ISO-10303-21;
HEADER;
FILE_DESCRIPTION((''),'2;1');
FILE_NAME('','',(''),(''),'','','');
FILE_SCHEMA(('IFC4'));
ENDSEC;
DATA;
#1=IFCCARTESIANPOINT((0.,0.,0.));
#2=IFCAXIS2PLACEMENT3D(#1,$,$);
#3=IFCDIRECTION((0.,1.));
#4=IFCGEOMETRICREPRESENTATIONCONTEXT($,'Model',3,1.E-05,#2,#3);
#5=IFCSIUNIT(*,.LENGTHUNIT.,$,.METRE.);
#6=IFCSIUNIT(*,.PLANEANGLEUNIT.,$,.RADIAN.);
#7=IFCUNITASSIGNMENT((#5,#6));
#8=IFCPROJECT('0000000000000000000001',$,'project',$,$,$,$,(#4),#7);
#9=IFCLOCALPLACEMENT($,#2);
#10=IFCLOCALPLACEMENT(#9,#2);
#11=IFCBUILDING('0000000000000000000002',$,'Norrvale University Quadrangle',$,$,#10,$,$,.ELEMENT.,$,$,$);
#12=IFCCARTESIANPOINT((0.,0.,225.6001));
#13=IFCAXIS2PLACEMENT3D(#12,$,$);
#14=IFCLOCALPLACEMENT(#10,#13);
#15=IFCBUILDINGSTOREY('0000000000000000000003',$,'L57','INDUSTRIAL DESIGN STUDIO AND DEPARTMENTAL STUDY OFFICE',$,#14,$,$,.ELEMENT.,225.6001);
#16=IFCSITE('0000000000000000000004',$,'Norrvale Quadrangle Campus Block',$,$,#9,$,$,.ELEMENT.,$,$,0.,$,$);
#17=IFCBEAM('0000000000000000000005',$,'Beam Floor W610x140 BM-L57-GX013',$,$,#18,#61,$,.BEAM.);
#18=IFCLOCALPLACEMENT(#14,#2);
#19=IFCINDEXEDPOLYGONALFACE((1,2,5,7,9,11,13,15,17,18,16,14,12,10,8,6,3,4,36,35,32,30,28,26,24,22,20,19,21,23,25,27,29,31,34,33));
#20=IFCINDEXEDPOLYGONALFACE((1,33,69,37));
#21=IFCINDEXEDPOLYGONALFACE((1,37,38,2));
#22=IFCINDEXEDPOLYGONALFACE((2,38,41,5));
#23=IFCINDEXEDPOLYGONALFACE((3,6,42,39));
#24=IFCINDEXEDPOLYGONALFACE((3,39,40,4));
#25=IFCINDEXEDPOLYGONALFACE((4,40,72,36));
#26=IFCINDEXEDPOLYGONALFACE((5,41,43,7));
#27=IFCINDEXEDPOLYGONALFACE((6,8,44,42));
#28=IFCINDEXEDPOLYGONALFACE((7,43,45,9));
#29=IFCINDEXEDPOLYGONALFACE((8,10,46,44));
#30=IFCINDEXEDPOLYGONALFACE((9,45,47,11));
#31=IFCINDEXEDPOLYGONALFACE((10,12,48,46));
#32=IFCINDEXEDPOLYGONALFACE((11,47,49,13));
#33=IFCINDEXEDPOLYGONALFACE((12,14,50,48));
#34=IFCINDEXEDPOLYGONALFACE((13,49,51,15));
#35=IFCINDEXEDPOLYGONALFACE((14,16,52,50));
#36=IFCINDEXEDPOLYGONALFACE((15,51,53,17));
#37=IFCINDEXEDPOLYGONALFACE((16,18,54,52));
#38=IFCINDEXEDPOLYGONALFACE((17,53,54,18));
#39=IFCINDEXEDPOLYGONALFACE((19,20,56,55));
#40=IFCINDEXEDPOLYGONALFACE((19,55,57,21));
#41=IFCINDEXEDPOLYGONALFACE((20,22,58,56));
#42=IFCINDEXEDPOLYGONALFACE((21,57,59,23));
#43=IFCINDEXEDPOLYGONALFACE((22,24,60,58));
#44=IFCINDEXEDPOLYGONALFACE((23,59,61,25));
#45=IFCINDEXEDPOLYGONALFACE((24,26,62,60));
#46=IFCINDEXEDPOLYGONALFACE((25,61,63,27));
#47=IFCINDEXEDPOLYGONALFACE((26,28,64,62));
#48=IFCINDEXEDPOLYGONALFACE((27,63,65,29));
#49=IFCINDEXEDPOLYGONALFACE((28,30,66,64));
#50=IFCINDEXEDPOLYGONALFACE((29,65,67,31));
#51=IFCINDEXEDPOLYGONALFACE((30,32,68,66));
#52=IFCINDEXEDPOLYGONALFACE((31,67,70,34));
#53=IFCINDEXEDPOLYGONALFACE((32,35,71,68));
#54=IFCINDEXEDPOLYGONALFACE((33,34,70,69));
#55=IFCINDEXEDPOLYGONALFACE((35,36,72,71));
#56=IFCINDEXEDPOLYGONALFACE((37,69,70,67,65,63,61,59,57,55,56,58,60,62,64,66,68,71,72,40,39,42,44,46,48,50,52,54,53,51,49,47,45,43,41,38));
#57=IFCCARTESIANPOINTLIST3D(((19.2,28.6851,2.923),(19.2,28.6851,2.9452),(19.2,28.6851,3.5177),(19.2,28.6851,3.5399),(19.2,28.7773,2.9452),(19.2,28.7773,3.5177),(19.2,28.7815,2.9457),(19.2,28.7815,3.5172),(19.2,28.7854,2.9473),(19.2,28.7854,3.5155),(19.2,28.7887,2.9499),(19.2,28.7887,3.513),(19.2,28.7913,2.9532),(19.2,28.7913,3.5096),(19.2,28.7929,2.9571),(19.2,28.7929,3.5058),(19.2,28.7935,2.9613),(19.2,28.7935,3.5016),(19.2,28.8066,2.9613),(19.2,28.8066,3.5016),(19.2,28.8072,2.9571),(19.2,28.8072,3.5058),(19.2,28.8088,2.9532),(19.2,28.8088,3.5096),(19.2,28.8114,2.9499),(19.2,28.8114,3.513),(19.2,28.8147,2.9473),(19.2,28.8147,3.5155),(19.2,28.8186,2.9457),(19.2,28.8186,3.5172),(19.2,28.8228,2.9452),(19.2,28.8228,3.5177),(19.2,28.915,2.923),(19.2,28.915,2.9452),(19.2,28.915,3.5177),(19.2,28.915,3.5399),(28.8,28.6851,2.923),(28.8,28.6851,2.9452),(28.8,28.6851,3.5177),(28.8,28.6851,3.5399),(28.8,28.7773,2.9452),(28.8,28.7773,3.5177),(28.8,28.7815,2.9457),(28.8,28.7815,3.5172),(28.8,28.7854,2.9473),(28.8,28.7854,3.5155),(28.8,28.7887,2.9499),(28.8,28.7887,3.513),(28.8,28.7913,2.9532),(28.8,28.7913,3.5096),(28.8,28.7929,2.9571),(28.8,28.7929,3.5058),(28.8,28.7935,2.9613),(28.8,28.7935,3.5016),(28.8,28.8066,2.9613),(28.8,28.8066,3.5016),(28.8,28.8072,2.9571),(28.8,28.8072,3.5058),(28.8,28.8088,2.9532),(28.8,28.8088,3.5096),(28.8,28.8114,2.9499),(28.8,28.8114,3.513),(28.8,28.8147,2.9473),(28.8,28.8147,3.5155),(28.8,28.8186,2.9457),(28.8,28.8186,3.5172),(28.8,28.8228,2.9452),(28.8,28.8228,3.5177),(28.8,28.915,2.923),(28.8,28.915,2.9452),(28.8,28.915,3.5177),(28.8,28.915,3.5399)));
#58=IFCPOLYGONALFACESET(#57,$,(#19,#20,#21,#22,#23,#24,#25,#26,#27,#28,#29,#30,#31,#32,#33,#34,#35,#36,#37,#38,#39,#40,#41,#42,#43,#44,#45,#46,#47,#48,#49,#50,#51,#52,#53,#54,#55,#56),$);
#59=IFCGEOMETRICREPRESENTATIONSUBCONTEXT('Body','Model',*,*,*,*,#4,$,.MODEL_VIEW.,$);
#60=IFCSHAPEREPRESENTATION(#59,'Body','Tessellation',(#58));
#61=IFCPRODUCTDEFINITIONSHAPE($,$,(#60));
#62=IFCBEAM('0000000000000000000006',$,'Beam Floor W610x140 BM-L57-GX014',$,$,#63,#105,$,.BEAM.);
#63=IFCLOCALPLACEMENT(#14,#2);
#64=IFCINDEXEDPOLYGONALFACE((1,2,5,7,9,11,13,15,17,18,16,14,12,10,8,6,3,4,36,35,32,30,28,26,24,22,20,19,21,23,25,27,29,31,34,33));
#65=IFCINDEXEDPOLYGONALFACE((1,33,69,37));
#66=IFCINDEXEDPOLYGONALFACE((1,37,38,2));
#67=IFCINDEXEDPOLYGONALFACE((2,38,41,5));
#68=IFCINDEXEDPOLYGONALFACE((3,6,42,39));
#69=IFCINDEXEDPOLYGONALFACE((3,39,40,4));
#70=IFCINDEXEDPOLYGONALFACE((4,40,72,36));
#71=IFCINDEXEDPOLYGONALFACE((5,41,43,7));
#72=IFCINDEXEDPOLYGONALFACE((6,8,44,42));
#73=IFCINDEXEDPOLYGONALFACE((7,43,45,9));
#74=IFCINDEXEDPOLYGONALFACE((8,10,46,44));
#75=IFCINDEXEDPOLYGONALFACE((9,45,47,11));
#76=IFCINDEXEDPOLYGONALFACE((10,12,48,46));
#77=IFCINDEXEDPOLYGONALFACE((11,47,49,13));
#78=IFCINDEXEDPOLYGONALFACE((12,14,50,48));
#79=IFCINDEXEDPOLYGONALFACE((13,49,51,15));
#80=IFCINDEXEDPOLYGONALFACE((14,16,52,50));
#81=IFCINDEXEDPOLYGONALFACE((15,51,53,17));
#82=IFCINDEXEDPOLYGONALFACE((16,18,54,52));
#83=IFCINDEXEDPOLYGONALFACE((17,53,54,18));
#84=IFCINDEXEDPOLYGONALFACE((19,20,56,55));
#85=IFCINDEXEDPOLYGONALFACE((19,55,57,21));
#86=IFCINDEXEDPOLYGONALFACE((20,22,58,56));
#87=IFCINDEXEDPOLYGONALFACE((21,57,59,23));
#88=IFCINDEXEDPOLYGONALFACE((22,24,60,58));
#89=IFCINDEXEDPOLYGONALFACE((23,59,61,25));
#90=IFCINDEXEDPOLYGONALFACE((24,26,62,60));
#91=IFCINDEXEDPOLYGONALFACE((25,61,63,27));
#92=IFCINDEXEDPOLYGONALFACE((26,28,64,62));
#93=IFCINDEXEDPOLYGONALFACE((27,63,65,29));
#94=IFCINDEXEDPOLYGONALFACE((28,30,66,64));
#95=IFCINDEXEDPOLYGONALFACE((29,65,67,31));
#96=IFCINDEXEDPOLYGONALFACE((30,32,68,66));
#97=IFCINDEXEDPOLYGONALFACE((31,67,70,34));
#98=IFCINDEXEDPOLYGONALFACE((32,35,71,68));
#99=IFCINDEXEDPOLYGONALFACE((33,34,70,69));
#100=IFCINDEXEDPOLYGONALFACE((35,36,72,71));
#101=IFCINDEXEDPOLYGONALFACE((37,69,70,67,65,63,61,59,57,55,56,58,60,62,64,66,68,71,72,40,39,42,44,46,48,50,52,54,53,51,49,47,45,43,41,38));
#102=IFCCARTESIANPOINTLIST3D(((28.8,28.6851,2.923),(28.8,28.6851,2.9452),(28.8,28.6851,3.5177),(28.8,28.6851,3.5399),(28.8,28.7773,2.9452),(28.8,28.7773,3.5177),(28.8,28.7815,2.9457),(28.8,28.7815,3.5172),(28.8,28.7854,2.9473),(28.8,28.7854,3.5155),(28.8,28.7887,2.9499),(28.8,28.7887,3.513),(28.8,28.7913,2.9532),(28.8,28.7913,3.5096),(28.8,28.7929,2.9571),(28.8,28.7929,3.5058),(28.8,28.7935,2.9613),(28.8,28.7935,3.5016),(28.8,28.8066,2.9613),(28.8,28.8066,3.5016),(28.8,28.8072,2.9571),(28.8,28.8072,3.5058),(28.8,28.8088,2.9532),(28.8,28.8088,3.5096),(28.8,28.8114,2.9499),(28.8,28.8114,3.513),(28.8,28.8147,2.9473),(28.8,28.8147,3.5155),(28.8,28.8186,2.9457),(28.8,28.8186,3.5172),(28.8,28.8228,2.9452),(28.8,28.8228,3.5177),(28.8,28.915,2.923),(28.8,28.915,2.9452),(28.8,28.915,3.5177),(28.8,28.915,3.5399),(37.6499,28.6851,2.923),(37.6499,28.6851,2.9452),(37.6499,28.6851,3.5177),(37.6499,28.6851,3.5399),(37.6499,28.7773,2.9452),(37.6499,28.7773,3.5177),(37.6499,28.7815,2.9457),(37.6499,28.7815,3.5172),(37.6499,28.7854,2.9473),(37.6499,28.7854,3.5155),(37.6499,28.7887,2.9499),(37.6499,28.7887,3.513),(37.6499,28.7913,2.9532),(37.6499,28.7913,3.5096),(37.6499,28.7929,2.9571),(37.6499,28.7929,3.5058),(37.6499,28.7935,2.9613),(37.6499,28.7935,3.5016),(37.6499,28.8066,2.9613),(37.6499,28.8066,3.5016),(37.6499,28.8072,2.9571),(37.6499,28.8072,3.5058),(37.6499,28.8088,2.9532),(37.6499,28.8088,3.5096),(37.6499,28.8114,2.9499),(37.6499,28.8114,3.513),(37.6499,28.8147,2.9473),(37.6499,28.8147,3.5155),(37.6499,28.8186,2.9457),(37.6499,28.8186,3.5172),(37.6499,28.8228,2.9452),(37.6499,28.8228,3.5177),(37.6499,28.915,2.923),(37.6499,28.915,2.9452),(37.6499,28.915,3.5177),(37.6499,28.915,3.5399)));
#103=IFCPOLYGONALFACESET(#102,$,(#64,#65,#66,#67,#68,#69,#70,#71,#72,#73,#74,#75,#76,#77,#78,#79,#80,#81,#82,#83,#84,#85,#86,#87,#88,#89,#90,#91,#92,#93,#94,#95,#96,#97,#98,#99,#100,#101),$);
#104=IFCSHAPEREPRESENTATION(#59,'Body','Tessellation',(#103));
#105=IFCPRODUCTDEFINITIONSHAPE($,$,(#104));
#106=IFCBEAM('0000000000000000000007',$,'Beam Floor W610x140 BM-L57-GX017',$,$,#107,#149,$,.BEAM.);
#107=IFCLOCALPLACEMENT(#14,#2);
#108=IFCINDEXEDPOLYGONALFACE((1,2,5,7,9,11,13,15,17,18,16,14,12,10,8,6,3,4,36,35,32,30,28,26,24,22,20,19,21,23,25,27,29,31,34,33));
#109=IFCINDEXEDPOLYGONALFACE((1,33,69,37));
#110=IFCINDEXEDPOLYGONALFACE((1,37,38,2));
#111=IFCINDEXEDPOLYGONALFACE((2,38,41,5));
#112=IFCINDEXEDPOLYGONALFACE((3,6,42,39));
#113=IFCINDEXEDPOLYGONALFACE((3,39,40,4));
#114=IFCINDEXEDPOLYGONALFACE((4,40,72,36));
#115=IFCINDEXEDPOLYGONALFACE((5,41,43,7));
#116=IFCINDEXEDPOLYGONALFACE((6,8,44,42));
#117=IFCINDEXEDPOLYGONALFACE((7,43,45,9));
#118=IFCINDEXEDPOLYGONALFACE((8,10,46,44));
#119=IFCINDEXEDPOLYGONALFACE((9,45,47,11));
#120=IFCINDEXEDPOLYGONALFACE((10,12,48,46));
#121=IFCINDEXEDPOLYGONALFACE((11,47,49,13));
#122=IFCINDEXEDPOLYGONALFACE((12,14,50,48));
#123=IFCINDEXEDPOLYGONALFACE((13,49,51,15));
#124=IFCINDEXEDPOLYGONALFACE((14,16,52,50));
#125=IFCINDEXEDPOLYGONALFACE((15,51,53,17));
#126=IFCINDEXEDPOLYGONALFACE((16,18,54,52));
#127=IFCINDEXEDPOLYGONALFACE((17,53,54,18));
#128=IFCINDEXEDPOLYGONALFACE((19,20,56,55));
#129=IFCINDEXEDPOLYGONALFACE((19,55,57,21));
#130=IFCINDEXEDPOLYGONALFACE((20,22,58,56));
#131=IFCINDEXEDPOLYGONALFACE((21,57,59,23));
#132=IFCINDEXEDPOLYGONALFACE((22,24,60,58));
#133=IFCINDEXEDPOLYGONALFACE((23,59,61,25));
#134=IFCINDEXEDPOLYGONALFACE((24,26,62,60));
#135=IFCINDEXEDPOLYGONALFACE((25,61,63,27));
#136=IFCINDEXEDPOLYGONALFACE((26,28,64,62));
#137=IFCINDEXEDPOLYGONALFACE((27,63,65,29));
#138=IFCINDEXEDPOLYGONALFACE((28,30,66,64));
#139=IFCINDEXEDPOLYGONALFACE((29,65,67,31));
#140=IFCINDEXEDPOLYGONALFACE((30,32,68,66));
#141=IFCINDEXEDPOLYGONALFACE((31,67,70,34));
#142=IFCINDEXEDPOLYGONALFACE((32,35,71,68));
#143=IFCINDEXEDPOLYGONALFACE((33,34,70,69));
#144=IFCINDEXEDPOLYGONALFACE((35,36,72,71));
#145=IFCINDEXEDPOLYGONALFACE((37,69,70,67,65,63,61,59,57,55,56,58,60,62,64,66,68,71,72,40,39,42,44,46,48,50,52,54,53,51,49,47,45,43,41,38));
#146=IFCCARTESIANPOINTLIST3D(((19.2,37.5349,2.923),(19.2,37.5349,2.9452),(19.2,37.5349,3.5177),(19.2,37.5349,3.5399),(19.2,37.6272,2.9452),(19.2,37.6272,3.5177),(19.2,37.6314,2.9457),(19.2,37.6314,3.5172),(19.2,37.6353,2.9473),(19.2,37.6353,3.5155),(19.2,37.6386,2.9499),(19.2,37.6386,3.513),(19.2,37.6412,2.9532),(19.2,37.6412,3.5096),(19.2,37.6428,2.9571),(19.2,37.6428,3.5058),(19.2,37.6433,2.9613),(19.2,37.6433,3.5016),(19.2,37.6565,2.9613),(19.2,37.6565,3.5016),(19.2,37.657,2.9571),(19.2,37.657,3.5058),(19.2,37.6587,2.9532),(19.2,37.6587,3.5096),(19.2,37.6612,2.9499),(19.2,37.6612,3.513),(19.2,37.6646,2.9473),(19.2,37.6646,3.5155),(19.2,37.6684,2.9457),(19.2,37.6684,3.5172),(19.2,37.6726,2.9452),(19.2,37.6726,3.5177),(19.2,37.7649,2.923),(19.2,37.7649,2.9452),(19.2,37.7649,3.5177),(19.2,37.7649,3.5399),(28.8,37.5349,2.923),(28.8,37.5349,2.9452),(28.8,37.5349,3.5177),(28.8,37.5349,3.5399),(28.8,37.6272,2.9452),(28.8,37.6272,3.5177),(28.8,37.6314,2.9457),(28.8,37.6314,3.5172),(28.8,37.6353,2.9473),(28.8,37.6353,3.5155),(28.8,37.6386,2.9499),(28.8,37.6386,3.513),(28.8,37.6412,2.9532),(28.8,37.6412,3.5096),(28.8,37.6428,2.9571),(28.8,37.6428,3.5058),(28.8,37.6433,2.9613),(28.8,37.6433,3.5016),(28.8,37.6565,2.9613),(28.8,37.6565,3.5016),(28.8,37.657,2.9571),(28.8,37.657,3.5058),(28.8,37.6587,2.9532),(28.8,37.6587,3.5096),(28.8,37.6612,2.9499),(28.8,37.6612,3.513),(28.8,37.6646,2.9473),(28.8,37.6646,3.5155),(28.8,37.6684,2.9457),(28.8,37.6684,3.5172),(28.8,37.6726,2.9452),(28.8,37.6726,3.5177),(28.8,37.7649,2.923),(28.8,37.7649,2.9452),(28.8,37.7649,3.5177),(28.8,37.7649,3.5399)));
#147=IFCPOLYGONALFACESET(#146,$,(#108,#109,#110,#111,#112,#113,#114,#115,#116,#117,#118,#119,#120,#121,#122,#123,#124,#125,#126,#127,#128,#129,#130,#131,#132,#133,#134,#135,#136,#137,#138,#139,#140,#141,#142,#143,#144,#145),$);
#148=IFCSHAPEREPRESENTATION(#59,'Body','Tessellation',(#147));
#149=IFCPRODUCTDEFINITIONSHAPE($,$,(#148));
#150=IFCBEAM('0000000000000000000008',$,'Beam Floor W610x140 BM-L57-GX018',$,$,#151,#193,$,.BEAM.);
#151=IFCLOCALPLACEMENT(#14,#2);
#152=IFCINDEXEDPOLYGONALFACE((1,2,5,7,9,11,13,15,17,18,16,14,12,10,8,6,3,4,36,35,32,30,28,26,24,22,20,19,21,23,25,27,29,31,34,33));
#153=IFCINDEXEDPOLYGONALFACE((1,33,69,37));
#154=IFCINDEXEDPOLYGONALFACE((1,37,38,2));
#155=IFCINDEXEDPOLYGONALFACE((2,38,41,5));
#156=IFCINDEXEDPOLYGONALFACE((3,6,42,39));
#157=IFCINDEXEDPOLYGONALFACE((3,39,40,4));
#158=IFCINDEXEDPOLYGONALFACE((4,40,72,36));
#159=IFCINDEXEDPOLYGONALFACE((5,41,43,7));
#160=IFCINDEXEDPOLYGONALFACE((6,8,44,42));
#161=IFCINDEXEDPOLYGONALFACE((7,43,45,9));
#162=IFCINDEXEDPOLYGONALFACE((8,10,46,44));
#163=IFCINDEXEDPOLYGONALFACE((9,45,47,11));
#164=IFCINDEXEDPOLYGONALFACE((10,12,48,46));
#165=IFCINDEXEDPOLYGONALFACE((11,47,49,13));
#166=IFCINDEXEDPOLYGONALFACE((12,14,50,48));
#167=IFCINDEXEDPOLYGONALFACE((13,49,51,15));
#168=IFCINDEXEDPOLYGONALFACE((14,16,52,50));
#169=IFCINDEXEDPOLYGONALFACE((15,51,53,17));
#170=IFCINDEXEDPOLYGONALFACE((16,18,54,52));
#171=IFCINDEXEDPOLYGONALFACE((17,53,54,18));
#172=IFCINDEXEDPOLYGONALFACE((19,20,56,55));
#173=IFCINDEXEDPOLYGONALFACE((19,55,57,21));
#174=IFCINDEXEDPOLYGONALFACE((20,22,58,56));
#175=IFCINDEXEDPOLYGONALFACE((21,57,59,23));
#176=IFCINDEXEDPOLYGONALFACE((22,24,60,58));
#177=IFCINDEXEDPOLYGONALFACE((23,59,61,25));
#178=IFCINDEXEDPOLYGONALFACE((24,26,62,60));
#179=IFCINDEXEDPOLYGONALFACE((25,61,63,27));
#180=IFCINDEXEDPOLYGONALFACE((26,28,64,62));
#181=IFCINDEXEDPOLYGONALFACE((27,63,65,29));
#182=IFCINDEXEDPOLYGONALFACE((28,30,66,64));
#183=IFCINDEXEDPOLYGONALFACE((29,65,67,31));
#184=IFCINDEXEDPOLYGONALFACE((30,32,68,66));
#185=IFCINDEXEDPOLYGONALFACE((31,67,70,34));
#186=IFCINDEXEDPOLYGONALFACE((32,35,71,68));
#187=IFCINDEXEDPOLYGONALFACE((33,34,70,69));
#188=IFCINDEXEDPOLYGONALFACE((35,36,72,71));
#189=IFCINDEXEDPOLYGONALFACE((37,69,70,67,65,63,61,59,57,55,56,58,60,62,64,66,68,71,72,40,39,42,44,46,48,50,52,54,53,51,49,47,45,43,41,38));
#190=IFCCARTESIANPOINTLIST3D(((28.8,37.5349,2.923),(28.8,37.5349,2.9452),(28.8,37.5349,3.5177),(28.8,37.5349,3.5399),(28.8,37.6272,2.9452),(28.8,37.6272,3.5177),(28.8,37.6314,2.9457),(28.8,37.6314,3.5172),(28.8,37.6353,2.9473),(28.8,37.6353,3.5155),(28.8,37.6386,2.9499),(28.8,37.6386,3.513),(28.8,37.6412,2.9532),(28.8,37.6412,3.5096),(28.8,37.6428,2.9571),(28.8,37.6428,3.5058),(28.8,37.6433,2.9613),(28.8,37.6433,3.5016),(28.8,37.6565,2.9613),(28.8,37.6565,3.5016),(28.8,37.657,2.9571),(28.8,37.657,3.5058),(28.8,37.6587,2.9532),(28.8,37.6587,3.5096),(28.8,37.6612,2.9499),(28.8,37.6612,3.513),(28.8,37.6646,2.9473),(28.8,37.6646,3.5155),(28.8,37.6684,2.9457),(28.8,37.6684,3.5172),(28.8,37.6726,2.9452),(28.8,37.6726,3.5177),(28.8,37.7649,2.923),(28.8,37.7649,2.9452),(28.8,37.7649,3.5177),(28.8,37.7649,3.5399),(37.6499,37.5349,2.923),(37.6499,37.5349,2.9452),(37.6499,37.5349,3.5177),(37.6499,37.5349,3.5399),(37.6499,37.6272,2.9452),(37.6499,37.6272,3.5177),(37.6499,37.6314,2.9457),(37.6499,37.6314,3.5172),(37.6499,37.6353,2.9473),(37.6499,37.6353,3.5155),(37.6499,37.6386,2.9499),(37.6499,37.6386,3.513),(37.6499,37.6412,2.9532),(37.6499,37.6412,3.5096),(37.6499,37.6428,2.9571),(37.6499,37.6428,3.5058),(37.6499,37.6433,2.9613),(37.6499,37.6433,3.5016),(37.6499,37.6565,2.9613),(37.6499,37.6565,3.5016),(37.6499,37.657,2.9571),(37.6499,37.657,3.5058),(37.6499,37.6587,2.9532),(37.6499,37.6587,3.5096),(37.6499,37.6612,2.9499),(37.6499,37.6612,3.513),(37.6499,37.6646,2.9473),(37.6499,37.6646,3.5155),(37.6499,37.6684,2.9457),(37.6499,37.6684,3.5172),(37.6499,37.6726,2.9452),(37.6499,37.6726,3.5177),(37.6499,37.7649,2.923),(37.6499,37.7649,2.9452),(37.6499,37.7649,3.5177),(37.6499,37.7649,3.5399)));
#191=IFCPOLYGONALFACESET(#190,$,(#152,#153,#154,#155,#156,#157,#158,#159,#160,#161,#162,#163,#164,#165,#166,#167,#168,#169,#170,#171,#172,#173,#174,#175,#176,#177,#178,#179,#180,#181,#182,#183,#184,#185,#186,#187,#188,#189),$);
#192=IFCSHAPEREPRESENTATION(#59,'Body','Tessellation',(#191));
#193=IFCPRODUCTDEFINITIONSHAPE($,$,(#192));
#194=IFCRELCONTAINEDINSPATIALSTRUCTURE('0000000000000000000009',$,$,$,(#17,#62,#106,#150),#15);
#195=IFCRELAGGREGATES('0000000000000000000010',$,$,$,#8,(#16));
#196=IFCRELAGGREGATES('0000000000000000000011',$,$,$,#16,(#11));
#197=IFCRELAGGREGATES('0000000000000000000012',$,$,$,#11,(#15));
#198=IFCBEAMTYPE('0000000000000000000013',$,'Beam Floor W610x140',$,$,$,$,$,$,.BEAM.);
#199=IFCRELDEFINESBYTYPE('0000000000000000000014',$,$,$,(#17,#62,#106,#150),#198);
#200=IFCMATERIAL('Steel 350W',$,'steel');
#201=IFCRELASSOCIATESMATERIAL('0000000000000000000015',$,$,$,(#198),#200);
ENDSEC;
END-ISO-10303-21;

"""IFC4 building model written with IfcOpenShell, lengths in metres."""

from ifc_helpers import new_model, si_unit, direction, frame, origin, origin_2d, place, context, subcontext, project, spatial, i_section, extrude, material, material_profile, profile_set, type_object, element, save


model = new_model("IFC4")

# Units and contexts
model_context = context("Model", 3, precision=1e-05, world=origin(), true_north=direction((0.0, 1.0)))
body_context = subcontext(model_context, "Body", "Model", "MODEL_VIEW")
ifc_project = project(units=[si_unit("LENGTHUNIT", "METRE"), si_unit("PLANEANGLEUNIT", "RADIAN")], contexts=[model_context])

# Site, building, storey
site_placement = place(None, origin())
site = spatial("IfcSite", under=ifc_project, at=site_placement, Name="Norrvale Quadrangle Campus Block", CompositionType="ELEMENT", RefElevation=0.0)
building_placement = place(site_placement, origin())
building = spatial("IfcBuilding", under=site, at=building_placement, Name="Norrvale University Quadrangle", CompositionType="ELEMENT")
storey_placement = place(building_placement, frame((0.0, 0.0, 225.6001)))
storey = spatial("IfcBuildingStorey", under=building, at=storey_placement, Name="L57", Description="INDUSTRIAL DESIGN STUDIO AND DEPARTMENTAL STUDY OFFICE", CompositionType="ELEMENT", Elevation=225.6001)

# Beams
ifc_material_1 = material(Name="Steel 350W", Category="steel")
ifc_material_profile_1 = material_profile(ifc_material_1, i_section(OverallWidth=0.23, OverallDepth=0.6169, WebThickness=0.0132, FlangeThickness=0.0222, FilletRadius=0.0161, at=origin_2d()), Name="Steel 350W")
ifc_profile_set_1 = profile_set([ifc_material_profile_1], Name="Steel 350W")
beam_type_1 = type_object("IfcBeamType", Name="Beam Floor W610x140", PredefinedType="BEAM", material=ifc_profile_set_1)
beam_1_placement = place(storey_placement, frame((19.2, 28.8, 3.2314), z_axis=(1.0, 0.0, 0.0), x_axis=(0.0, 1.0, 0.0)))
element("IfcBeam", 1, at=beam_1_placement, inside=storey, type_object=beam_type_1, Name="Beam Floor W610x140 BM-L57-GX013", PredefinedType="BEAM", context=body_context, shape_type="SweptSolid", body=[
    extrude(i_section(OverallWidth=0.23, OverallDepth=0.6169, WebThickness=0.0132, FlangeThickness=0.0222, FilletRadius=0.0161, at=origin_2d()), origin(), (0.0, 0.0, 1.0), 9.6001),
])
beam_2_placement = place(storey_placement, frame((28.8, 28.8, 3.2314), z_axis=(1.0, 0.0, 0.0), x_axis=(0.0, 1.0, 0.0)))
element("IfcBeam", 2, at=beam_2_placement, inside=storey, type_object=beam_type_1, Name="Beam Floor W610x140 BM-L57-GX014", PredefinedType="BEAM", context=body_context, shape_type="SweptSolid", body=[
    extrude(i_section(OverallWidth=0.23, OverallDepth=0.6169, WebThickness=0.0132, FlangeThickness=0.0222, FilletRadius=0.0161, at=origin_2d()), origin(), (0.0, 0.0, 1.0), 8.8499),
])
beam_3_placement = place(storey_placement, frame((19.2, 37.6499, 3.2314), z_axis=(1.0, 0.0, 0.0), x_axis=(0.0, 1.0, 0.0)))
element("IfcBeam", 3, at=beam_3_placement, inside=storey, type_object=beam_type_1, Name="Beam Floor W610x140 BM-L57-GX017", PredefinedType="BEAM", context=body_context, shape_type="SweptSolid", body=[
    extrude(i_section(OverallWidth=0.23, OverallDepth=0.6169, WebThickness=0.0132, FlangeThickness=0.0222, FilletRadius=0.0161, at=origin_2d()), origin(), (0.0, 0.0, 1.0), 9.6001),
])
for number, where, z_axis, x_axis, name in (
    (4, (28.8, 37.6499, 3.2314), (1.0, 0.0, 0.0), (0.0, 1.0, 0.0), "Beam Floor W610x140 BM-L57-GX018"),
):
    element("IfcBeam", number, at=place(storey_placement, frame(where, z_axis=z_axis, x_axis=x_axis)), inside=storey, type_object=beam_type_1, Name=name, PredefinedType="BEAM", context=body_context, shape_type="SweptSolid", body=[
        extrude(i_section(OverallWidth=0.23, OverallDepth=0.6169, WebThickness=0.0132, FlangeThickness=0.0222, FilletRadius=0.0161, at=origin_2d()), origin(), (0.0, 0.0, 1.0), 8.8499),
    ])

save(model, "model.ifc")
